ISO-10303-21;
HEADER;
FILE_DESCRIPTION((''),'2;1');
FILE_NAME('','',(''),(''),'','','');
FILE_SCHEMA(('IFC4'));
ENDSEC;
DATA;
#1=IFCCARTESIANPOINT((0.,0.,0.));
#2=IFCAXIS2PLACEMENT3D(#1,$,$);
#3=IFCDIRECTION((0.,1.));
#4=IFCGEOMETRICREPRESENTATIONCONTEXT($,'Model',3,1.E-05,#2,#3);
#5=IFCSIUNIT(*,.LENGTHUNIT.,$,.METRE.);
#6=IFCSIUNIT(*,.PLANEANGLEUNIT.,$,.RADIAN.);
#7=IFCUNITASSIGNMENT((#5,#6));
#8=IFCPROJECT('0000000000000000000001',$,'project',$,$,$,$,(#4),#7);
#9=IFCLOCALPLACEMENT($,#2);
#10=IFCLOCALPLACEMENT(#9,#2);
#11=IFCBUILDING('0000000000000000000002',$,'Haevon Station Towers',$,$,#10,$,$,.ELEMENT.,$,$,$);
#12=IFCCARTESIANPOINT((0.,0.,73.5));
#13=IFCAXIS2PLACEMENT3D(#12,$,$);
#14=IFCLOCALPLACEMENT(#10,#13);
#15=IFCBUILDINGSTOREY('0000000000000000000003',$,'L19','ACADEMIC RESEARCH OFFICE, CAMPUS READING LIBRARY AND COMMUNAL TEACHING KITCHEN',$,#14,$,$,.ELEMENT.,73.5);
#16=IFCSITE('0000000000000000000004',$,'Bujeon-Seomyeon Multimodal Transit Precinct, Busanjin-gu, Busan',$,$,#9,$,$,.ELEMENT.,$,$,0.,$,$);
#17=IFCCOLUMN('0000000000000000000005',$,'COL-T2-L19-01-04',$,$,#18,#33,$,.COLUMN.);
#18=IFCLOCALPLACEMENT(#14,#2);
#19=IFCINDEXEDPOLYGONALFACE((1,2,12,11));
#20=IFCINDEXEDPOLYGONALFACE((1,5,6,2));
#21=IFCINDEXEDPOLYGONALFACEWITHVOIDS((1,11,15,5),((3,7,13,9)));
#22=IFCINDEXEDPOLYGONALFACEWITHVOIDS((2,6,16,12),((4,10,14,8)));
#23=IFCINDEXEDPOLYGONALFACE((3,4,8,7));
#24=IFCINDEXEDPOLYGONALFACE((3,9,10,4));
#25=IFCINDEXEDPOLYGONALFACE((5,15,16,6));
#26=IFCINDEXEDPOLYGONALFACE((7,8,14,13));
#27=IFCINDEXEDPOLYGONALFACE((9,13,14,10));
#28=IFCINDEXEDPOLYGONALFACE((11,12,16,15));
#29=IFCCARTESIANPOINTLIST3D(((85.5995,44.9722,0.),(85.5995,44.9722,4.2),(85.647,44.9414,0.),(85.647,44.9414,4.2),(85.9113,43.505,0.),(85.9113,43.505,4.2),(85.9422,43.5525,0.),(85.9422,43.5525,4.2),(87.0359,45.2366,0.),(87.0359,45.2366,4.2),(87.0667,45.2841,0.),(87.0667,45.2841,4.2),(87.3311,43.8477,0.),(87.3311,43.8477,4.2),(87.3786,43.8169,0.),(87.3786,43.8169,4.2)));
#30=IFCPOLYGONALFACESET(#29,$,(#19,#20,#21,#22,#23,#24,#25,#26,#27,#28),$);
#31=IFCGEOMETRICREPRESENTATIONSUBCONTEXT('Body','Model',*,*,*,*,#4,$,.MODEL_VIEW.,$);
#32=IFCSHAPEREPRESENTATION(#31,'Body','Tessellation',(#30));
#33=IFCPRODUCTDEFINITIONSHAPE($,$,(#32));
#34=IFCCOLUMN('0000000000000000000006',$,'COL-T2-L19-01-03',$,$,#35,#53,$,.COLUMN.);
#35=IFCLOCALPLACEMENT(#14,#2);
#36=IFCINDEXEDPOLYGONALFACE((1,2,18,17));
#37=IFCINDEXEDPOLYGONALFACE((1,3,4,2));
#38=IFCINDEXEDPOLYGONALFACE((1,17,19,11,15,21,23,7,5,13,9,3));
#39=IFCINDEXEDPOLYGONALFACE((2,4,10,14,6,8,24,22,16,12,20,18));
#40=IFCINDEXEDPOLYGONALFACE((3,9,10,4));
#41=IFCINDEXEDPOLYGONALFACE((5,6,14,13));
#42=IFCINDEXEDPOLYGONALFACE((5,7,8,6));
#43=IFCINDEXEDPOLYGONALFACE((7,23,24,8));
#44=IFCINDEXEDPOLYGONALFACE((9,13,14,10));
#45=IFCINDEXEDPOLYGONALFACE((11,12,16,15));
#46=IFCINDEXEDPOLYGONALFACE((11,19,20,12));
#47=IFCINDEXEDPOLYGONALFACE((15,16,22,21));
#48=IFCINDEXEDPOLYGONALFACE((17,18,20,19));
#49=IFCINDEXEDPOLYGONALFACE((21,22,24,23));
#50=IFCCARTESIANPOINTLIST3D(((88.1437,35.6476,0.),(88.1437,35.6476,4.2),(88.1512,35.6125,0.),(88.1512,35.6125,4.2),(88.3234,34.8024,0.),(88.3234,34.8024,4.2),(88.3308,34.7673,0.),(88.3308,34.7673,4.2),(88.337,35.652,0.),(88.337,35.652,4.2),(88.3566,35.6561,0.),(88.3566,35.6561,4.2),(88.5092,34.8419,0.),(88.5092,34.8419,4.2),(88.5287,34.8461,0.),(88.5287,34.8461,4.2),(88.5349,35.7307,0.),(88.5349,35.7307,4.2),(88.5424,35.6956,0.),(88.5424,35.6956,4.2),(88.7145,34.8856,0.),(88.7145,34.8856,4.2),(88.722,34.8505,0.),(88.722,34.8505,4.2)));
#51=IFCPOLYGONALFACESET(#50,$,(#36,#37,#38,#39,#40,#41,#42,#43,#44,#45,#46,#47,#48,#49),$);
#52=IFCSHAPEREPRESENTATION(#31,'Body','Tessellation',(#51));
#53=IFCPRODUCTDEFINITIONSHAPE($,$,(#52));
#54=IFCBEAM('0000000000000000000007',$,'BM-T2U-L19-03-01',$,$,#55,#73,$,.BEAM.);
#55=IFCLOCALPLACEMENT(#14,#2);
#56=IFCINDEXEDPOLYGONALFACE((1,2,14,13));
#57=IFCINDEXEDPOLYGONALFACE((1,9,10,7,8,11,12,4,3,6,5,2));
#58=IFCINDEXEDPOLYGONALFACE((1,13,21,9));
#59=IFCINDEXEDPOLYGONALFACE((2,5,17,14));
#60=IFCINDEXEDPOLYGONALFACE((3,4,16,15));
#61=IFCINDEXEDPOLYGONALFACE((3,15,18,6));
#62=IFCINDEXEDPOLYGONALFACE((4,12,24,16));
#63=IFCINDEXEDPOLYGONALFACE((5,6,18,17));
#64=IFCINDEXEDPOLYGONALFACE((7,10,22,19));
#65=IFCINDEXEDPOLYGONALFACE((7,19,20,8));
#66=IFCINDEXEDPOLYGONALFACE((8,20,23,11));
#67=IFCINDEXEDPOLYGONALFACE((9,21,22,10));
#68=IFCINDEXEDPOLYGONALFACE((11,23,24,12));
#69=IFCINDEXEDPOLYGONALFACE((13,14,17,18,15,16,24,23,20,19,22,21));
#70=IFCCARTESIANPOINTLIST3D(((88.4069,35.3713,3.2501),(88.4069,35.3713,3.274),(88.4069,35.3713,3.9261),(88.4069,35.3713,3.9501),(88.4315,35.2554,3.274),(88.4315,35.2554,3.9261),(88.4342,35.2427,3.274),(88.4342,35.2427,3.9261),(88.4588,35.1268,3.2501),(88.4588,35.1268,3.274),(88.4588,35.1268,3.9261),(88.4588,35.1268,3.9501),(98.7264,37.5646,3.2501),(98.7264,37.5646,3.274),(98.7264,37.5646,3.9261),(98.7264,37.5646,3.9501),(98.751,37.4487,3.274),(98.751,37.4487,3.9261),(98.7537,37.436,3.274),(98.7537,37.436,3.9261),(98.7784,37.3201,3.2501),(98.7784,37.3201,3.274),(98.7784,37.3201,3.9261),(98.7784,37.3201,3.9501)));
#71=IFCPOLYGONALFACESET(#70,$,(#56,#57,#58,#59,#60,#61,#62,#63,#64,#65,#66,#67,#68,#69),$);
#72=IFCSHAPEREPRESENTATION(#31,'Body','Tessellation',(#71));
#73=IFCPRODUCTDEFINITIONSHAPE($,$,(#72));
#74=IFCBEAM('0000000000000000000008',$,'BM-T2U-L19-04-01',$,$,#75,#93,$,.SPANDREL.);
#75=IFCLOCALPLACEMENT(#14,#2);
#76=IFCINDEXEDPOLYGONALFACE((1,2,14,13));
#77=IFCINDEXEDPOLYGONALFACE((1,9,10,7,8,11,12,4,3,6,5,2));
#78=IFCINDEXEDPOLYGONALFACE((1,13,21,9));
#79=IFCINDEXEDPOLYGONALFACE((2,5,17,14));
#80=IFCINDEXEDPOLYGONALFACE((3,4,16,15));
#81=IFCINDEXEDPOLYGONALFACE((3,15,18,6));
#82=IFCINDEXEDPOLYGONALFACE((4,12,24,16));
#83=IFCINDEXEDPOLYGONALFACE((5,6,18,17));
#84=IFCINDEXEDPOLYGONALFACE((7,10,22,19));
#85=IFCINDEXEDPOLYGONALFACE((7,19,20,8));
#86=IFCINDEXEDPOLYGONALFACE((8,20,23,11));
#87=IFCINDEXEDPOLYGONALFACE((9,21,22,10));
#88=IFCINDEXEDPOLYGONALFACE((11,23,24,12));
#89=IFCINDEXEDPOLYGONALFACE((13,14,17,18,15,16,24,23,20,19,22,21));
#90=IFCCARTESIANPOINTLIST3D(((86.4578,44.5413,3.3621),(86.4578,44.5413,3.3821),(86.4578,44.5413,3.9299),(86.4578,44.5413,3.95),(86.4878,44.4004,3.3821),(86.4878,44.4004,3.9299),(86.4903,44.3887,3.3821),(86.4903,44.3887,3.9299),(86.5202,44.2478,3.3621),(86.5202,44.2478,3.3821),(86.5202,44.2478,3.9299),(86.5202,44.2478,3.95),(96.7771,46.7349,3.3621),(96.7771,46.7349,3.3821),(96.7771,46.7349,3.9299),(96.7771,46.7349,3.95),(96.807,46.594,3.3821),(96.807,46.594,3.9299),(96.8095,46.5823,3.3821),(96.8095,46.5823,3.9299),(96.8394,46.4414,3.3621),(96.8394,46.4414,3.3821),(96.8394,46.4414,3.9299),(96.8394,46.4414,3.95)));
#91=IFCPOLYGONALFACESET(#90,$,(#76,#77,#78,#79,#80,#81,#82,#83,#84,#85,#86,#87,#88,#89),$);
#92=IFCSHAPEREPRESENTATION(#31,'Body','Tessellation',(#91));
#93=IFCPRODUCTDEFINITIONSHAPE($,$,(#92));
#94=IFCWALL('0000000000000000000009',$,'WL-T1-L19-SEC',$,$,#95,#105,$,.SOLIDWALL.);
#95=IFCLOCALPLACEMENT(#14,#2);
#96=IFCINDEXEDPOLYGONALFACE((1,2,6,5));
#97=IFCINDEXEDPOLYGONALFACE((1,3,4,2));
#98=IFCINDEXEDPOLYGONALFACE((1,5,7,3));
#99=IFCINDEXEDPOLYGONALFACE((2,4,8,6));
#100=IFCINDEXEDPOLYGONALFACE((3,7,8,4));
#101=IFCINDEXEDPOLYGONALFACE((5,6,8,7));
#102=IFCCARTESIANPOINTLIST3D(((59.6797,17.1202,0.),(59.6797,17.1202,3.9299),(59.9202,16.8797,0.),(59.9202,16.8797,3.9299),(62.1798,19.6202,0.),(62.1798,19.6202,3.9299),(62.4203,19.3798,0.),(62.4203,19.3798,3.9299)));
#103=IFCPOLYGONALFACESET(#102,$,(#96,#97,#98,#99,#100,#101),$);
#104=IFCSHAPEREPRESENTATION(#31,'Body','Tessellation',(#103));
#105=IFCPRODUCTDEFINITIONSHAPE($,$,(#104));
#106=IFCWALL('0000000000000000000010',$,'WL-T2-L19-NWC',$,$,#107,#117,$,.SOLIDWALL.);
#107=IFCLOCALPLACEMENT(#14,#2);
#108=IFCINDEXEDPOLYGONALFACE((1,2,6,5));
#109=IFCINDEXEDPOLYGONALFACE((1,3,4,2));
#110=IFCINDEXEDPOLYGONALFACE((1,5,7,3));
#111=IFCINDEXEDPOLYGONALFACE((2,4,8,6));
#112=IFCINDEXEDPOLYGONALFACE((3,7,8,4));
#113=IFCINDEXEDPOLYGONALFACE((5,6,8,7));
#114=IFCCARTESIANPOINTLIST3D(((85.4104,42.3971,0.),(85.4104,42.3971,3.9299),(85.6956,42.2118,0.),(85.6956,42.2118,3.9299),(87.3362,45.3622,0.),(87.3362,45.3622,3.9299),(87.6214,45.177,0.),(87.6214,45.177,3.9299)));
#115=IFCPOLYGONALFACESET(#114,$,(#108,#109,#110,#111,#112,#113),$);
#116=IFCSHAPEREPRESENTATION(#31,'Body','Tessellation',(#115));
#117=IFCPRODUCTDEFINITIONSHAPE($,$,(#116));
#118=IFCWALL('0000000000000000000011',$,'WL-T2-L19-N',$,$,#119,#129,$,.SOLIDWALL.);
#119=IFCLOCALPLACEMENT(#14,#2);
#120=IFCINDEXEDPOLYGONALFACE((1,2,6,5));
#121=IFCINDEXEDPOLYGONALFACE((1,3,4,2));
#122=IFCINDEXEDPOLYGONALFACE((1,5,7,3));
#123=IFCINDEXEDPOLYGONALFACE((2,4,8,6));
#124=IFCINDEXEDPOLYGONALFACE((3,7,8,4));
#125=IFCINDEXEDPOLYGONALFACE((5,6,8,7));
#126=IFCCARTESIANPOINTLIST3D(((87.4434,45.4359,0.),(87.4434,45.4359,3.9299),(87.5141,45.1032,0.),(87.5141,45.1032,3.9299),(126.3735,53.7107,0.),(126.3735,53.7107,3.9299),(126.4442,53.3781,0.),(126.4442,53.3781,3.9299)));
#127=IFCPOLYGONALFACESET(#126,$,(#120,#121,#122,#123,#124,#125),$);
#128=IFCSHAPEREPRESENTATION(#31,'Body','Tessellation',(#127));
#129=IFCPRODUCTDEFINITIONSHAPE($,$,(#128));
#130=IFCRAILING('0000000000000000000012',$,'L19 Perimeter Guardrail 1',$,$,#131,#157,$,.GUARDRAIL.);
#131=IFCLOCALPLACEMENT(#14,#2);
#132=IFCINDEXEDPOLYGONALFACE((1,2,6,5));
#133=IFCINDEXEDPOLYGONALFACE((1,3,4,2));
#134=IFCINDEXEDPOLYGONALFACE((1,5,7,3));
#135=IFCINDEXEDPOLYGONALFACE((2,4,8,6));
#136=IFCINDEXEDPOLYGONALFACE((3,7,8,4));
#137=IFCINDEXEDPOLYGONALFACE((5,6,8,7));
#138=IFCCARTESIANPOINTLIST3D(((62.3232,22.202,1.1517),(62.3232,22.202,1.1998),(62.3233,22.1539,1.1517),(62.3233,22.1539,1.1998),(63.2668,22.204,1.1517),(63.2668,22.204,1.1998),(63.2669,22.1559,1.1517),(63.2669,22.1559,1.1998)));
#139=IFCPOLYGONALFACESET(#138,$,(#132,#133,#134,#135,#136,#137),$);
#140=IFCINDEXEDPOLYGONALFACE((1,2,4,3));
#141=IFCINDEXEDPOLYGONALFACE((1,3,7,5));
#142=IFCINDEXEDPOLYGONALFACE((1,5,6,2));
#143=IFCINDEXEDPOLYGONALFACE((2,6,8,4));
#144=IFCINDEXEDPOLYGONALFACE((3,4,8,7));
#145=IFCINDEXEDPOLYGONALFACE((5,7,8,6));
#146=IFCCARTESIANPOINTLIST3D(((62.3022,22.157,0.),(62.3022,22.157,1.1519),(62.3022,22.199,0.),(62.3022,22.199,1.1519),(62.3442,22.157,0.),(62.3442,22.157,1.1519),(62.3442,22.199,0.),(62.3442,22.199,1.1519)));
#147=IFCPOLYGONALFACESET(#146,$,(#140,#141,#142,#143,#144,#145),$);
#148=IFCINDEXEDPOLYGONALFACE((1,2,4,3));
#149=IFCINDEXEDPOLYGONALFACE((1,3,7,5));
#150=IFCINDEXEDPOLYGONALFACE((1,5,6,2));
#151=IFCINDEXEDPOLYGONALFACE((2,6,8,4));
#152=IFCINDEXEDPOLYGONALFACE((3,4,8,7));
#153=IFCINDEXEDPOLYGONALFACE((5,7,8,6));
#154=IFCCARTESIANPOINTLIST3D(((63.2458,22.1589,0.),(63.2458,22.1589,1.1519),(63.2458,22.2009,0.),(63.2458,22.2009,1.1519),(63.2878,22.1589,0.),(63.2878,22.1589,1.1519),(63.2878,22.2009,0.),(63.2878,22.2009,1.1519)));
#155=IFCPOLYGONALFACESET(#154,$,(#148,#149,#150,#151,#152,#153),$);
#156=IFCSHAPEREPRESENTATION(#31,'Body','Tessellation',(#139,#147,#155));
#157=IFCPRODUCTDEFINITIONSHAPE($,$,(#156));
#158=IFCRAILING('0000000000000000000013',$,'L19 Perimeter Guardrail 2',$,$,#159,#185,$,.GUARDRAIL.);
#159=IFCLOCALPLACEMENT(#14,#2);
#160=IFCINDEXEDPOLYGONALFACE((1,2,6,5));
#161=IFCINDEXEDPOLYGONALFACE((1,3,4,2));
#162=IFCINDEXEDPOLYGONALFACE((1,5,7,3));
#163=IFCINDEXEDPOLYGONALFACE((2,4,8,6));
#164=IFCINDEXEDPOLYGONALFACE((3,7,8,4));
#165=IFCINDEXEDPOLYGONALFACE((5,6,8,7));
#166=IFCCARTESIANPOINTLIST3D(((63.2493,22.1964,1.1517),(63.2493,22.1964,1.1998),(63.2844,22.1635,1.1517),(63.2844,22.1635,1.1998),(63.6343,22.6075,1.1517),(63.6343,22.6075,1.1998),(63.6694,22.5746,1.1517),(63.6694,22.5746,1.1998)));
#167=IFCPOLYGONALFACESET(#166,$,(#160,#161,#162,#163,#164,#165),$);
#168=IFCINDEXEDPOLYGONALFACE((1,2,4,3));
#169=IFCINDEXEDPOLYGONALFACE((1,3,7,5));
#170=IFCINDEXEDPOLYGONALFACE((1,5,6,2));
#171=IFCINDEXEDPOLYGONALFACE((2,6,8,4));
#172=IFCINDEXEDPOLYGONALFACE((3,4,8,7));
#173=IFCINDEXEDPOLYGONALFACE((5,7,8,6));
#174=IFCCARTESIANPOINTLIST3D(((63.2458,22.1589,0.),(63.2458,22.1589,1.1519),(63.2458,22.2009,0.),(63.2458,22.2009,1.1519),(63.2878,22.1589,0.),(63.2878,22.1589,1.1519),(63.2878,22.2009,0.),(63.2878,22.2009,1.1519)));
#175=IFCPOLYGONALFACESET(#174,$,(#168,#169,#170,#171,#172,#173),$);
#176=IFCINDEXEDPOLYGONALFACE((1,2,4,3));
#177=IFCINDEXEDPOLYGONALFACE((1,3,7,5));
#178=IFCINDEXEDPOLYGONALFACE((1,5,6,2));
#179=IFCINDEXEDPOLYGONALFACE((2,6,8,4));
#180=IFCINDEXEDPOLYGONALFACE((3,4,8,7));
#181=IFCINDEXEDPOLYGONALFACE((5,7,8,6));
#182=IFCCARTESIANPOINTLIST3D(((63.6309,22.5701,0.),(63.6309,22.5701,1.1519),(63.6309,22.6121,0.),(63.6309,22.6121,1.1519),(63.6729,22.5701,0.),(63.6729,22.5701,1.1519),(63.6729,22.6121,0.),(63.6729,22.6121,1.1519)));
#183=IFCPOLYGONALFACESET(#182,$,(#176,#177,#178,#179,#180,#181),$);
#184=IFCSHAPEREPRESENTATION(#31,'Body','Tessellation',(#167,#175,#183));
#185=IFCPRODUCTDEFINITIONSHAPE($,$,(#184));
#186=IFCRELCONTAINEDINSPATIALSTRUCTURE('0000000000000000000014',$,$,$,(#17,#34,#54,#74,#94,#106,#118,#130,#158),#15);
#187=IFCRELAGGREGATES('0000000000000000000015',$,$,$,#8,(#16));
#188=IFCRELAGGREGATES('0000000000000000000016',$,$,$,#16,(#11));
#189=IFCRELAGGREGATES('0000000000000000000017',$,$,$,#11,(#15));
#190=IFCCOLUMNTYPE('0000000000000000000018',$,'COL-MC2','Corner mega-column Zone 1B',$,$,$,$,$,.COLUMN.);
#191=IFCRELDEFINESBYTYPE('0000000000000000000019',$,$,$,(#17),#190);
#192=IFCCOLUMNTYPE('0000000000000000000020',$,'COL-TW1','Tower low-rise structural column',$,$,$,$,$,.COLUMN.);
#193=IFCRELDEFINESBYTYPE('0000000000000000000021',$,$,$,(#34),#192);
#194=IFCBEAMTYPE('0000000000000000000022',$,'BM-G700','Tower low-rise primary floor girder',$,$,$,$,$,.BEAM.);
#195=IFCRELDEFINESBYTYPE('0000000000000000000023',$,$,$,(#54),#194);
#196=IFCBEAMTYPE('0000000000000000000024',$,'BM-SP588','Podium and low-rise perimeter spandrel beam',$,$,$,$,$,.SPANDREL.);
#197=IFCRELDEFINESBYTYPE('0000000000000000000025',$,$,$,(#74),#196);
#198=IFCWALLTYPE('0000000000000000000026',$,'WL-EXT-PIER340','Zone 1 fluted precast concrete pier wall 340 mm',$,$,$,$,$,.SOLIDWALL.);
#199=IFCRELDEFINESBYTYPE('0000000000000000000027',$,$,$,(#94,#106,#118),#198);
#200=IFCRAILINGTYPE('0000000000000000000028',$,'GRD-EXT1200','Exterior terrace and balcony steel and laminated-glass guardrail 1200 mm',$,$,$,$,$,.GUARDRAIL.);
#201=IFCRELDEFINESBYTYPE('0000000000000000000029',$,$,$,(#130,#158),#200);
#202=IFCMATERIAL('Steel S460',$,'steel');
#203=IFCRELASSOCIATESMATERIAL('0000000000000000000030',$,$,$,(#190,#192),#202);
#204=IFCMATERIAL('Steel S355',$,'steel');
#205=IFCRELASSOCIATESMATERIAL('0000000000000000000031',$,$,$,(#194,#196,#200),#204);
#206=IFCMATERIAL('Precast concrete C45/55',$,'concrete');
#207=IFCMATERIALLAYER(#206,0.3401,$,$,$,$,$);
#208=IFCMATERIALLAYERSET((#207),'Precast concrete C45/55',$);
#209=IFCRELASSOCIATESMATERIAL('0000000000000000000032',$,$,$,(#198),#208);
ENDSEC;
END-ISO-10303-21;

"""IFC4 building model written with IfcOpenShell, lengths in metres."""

from ifc_helpers import new_model, si_unit, direction, frame, frame_2d, origin, origin_2d, place, context, subcontext, project, spatial, rectangle, hollow_rectangle, i_section, extrude, material, layer, layer_set, material_profile, profile_set, type_object, element, save


model = new_model("IFC4")

# Units and contexts
model_context = context("Model", 3, precision=1e-05, world=origin(), true_north=direction((0.0, 1.0)))
body_context = subcontext(model_context, "Body", "Model", "MODEL_VIEW")
ifc_project = project(units=[si_unit("LENGTHUNIT", "METRE"), si_unit("PLANEANGLEUNIT", "RADIAN")], contexts=[model_context])

# Site, building, storey
site_placement = place(None, origin())
site = spatial("IfcSite", under=ifc_project, at=site_placement, Name="Bujeon-Seomyeon Multimodal Transit Precinct, Busanjin-gu, Busan", CompositionType="ELEMENT", RefElevation=0.0)
building_placement = place(site_placement, origin())
building = spatial("IfcBuilding", under=site, at=building_placement, Name="Haevon Station Towers", CompositionType="ELEMENT")
storey_placement = place(building_placement, frame((0.0, 0.0, 73.5)))
storey = spatial("IfcBuildingStorey", under=building, at=storey_placement, Name="L19", Description="ACADEMIC RESEARCH OFFICE, CAMPUS READING LIBRARY AND COMMUNAL TEACHING KITCHEN", CompositionType="ELEMENT", Elevation=73.5)

# Columns
ifc_material_1 = material(Name="Steel S460", Category="steel")
ifc_material_profile_1 = material_profile(ifc_material_1, hollow_rectangle(XDim=1.5, YDim=1.5, WallThickness=0.04, at=origin_2d()), Name="BOX-1500x1500x40")
ifc_profile_set_1 = profile_set([ifc_material_profile_1], Name="Steel S460")
column_type_1 = type_object("IfcColumnType", Name="COL-MC2", Description="Corner mega-column Zone 1B", PredefinedType="COLUMN", material=ifc_profile_set_1)
column_1_placement = place(storey_placement, frame((86.489, 44.3945, 0.0), z_axis=(0.0, 0.0, 1.0), x_axis=(0.978148, 0.207912, 0.0)))
element("IfcColumn", 1, at=column_1_placement, inside=storey, type_object=column_type_1, Name="COL-T2-L19-01-04", PredefinedType="COLUMN", context=body_context, shape_type="SweptSolid", body=[
    extrude(hollow_rectangle(XDim=1.5, YDim=1.5, WallThickness=0.04, at=origin_2d()), origin(), (0.0, 0.0, 1.0), 4.2),
])
ifc_material_profile_2 = material_profile(ifc_material_1, i_section(OverallWidth=0.3999, OverallDepth=0.8999, WebThickness=0.02, FlangeThickness=0.0359, at=origin_2d()), Name="H-900x400x20x36")
ifc_profile_set_2 = profile_set([ifc_material_profile_2], Name="Steel S460")
column_type_2 = type_object("IfcColumnType", Name="COL-TW1", Description="Tower low-rise structural column", PredefinedType="COLUMN", material=ifc_profile_set_2)
column_2_placement = place(storey_placement, frame((88.4329, 35.249, 0.0), z_axis=(0.0, 0.0, 1.0), x_axis=(0.978148, 0.207912, 0.0)))
element("IfcColumn", 2, at=column_2_placement, inside=storey, type_object=column_type_2, Name="COL-T2-L19-01-03", PredefinedType="COLUMN", context=body_context, shape_type="SweptSolid", body=[
    extrude(i_section(OverallWidth=0.3999, OverallDepth=0.8999, WebThickness=0.02, FlangeThickness=0.0359, at=origin_2d()), origin(), (0.0, 0.0, 1.0), 4.2),
])

# Beams
ifc_material_2 = material(Name="Steel S355", Category="steel")
ifc_material_profile_3 = material_profile(ifc_material_2, i_section(OverallWidth=0.25, OverallDepth=0.7, WebThickness=0.0129, FlangeThickness=0.0239, at=origin_2d()), Name="H-700x250x13x24")
ifc_profile_set_3 = profile_set([ifc_material_profile_3], Name="Steel S355")
beam_type_1 = type_object("IfcBeamType", Name="BM-G700", Description="Tower low-rise primary floor girder", PredefinedType="BEAM", material=ifc_profile_set_3)
beam_1_placement = place(storey_placement, frame((88.4329, 35.249, 3.6001), z_axis=(0.97815, 0.207899, 0.0), x_axis=(-0.207899, 0.97815, 0.0)))
element("IfcBeam", 3, at=beam_1_placement, inside=storey, type_object=beam_type_1, Name="BM-T2U-L19-03-01", PredefinedType="BEAM", context=body_context, shape_type="SweptSolid", body=[
    extrude(i_section(OverallWidth=0.25, OverallDepth=0.7, WebThickness=0.0129, FlangeThickness=0.0239, at=origin_2d()), origin(), (0.0, 0.0, 1.0), 10.55),
])
ifc_material_profile_4 = material_profile(ifc_material_2, i_section(OverallWidth=0.3, OverallDepth=0.5879, WebThickness=0.012, FlangeThickness=0.02, at=origin_2d()), Name="H-588x300x12x20")
ifc_profile_set_4 = profile_set([ifc_material_profile_4], Name="Steel S355")
beam_type_2 = type_object("IfcBeamType", Name="BM-SP588", Description="Podium and low-rise perimeter spandrel beam", PredefinedType="SPANDREL", material=ifc_profile_set_4)
beam_2_placement = place(storey_placement, frame((86.489, 44.3945, 3.656), z_axis=(0.978144, 0.207926, 0.0), x_axis=(-0.207926, 0.978144, 0.0)))
element("IfcBeam", 4, at=beam_2_placement, inside=storey, type_object=beam_type_2, Name="BM-T2U-L19-04-01", PredefinedType="SPANDREL", context=body_context, shape_type="SweptSolid", body=[
    extrude(i_section(OverallWidth=0.3, OverallDepth=0.5879, WebThickness=0.012, FlangeThickness=0.02, at=origin_2d()), origin(), (0.0, 0.0, 1.0), 10.5498),
])

# Walls
ifc_material_3 = material(Name="Precast concrete C45/55", Category="concrete")
ifc_layer = layer(ifc_material_3, 0.3401)
ifc_layer_set = layer_set([ifc_layer], Name="Precast concrete C45/55")
wall_type = type_object("IfcWallType", Name="WL-EXT-PIER340", Description="Zone 1 fluted precast concrete pier wall 340 mm", PredefinedType="SOLIDWALL", material=ifc_layer_set)
for number, where, z_axis, x_axis, name in (
    (5, (62.3, 19.5, 0.0), (0.0, 0.0, 1.0), (-0.707107, -0.707107, 0.0), "WL-T1-L19-SEC"),
    (6, (85.553, 42.3044, 0.0), (0.0, 0.0, 1.0), (0.544685, 0.838641, 0.0), "WL-T2-L19-NWC"),
):
    element("IfcWall", number, at=place(storey_placement, frame(where, z_axis=z_axis, x_axis=x_axis)), inside=storey, type_object=wall_type, Name=name, PredefinedType="SOLIDWALL", context=body_context, shape_type="SweptSolid", body=[
        extrude(rectangle(XDim=3.5356, YDim=0.3401, at=frame_2d((1.7678, 0.0))), origin(), (0.0, 0.0, 1.0), 3.9299),
    ])
wall_placement = place(storey_placement, frame((87.4788, 45.2695, 0.0), z_axis=(0.0, 0.0, 1.0), x_axis=(0.978147, 0.207913, 0.0)))
element("IfcWall", 7, at=wall_placement, inside=storey, type_object=wall_type, Name="WL-T2-L19-N", PredefinedType="SOLIDWALL", context=body_context, shape_type="SweptSolid", body=[
    extrude(rectangle(XDim=39.7998, YDim=0.3401, at=frame_2d((19.8999, 0.0))), origin(), (0.0, 0.0, 1.0), 3.9299),
])

# Railings
railing_type = type_object("IfcRailingType", Name="GRD-EXT1200", Description="Exterior terrace and balcony steel and laminated-glass guardrail 1200 mm", PredefinedType="GUARDRAIL", material=ifc_material_2)
railing_1_placement = place(storey_placement, frame((62.3232, 22.178, 0.0)))
element("IfcRailing", 8, at=railing_1_placement, inside=storey, type_object=railing_type, Name="L19 Perimeter Guardrail 1", PredefinedType="GUARDRAIL", context=body_context, shape_type="SweptSolid", body=[
    extrude(rectangle(XDim=0.0481, YDim=0.0481, at=origin_2d()), frame((0.0, 0.0, 1.1758), z_axis=(0.999998, 0.00207, 0.0), x_axis=(-0.00207, 0.999998, 0.0)), (0.0, 0.0, 1.0), 0.9436),
    extrude(rectangle(XDim=0.042, YDim=0.042, at=origin_2d()), origin(), (0.0, 0.0, 1.0), 1.1519),
    extrude(rectangle(XDim=0.042, YDim=0.042, at=origin_2d()), frame((0.9436, 0.002, 0.0)), (0.0, 0.0, 1.0), 1.1519),
])
railing_2_placement = place(storey_placement, frame((63.2668, 22.1799, 0.0)))
element("IfcRailing", 9, at=railing_2_placement, inside=storey, type_object=railing_type, Name="L19 Perimeter Guardrail 2", PredefinedType="GUARDRAIL", context=body_context, shape_type="SweptSolid", body=[
    extrude(rectangle(XDim=0.0481, YDim=0.0481, at=origin_2d()), frame((0.0, 0.0, 1.1758), z_axis=(0.683537, 0.729916, 0.0), x_axis=(-0.729916, 0.683537, 0.0)), (0.0, 0.0, 1.0), 0.5632),
    extrude(rectangle(XDim=0.042, YDim=0.042, at=origin_2d()), origin(), (0.0, 0.0, 1.0), 1.1519),
    extrude(rectangle(XDim=0.042, YDim=0.042, at=origin_2d()), frame((0.385, 0.4111, 0.0)), (0.0, 0.0, 1.0), 1.1519),
])

save(model, "model.ifc")
